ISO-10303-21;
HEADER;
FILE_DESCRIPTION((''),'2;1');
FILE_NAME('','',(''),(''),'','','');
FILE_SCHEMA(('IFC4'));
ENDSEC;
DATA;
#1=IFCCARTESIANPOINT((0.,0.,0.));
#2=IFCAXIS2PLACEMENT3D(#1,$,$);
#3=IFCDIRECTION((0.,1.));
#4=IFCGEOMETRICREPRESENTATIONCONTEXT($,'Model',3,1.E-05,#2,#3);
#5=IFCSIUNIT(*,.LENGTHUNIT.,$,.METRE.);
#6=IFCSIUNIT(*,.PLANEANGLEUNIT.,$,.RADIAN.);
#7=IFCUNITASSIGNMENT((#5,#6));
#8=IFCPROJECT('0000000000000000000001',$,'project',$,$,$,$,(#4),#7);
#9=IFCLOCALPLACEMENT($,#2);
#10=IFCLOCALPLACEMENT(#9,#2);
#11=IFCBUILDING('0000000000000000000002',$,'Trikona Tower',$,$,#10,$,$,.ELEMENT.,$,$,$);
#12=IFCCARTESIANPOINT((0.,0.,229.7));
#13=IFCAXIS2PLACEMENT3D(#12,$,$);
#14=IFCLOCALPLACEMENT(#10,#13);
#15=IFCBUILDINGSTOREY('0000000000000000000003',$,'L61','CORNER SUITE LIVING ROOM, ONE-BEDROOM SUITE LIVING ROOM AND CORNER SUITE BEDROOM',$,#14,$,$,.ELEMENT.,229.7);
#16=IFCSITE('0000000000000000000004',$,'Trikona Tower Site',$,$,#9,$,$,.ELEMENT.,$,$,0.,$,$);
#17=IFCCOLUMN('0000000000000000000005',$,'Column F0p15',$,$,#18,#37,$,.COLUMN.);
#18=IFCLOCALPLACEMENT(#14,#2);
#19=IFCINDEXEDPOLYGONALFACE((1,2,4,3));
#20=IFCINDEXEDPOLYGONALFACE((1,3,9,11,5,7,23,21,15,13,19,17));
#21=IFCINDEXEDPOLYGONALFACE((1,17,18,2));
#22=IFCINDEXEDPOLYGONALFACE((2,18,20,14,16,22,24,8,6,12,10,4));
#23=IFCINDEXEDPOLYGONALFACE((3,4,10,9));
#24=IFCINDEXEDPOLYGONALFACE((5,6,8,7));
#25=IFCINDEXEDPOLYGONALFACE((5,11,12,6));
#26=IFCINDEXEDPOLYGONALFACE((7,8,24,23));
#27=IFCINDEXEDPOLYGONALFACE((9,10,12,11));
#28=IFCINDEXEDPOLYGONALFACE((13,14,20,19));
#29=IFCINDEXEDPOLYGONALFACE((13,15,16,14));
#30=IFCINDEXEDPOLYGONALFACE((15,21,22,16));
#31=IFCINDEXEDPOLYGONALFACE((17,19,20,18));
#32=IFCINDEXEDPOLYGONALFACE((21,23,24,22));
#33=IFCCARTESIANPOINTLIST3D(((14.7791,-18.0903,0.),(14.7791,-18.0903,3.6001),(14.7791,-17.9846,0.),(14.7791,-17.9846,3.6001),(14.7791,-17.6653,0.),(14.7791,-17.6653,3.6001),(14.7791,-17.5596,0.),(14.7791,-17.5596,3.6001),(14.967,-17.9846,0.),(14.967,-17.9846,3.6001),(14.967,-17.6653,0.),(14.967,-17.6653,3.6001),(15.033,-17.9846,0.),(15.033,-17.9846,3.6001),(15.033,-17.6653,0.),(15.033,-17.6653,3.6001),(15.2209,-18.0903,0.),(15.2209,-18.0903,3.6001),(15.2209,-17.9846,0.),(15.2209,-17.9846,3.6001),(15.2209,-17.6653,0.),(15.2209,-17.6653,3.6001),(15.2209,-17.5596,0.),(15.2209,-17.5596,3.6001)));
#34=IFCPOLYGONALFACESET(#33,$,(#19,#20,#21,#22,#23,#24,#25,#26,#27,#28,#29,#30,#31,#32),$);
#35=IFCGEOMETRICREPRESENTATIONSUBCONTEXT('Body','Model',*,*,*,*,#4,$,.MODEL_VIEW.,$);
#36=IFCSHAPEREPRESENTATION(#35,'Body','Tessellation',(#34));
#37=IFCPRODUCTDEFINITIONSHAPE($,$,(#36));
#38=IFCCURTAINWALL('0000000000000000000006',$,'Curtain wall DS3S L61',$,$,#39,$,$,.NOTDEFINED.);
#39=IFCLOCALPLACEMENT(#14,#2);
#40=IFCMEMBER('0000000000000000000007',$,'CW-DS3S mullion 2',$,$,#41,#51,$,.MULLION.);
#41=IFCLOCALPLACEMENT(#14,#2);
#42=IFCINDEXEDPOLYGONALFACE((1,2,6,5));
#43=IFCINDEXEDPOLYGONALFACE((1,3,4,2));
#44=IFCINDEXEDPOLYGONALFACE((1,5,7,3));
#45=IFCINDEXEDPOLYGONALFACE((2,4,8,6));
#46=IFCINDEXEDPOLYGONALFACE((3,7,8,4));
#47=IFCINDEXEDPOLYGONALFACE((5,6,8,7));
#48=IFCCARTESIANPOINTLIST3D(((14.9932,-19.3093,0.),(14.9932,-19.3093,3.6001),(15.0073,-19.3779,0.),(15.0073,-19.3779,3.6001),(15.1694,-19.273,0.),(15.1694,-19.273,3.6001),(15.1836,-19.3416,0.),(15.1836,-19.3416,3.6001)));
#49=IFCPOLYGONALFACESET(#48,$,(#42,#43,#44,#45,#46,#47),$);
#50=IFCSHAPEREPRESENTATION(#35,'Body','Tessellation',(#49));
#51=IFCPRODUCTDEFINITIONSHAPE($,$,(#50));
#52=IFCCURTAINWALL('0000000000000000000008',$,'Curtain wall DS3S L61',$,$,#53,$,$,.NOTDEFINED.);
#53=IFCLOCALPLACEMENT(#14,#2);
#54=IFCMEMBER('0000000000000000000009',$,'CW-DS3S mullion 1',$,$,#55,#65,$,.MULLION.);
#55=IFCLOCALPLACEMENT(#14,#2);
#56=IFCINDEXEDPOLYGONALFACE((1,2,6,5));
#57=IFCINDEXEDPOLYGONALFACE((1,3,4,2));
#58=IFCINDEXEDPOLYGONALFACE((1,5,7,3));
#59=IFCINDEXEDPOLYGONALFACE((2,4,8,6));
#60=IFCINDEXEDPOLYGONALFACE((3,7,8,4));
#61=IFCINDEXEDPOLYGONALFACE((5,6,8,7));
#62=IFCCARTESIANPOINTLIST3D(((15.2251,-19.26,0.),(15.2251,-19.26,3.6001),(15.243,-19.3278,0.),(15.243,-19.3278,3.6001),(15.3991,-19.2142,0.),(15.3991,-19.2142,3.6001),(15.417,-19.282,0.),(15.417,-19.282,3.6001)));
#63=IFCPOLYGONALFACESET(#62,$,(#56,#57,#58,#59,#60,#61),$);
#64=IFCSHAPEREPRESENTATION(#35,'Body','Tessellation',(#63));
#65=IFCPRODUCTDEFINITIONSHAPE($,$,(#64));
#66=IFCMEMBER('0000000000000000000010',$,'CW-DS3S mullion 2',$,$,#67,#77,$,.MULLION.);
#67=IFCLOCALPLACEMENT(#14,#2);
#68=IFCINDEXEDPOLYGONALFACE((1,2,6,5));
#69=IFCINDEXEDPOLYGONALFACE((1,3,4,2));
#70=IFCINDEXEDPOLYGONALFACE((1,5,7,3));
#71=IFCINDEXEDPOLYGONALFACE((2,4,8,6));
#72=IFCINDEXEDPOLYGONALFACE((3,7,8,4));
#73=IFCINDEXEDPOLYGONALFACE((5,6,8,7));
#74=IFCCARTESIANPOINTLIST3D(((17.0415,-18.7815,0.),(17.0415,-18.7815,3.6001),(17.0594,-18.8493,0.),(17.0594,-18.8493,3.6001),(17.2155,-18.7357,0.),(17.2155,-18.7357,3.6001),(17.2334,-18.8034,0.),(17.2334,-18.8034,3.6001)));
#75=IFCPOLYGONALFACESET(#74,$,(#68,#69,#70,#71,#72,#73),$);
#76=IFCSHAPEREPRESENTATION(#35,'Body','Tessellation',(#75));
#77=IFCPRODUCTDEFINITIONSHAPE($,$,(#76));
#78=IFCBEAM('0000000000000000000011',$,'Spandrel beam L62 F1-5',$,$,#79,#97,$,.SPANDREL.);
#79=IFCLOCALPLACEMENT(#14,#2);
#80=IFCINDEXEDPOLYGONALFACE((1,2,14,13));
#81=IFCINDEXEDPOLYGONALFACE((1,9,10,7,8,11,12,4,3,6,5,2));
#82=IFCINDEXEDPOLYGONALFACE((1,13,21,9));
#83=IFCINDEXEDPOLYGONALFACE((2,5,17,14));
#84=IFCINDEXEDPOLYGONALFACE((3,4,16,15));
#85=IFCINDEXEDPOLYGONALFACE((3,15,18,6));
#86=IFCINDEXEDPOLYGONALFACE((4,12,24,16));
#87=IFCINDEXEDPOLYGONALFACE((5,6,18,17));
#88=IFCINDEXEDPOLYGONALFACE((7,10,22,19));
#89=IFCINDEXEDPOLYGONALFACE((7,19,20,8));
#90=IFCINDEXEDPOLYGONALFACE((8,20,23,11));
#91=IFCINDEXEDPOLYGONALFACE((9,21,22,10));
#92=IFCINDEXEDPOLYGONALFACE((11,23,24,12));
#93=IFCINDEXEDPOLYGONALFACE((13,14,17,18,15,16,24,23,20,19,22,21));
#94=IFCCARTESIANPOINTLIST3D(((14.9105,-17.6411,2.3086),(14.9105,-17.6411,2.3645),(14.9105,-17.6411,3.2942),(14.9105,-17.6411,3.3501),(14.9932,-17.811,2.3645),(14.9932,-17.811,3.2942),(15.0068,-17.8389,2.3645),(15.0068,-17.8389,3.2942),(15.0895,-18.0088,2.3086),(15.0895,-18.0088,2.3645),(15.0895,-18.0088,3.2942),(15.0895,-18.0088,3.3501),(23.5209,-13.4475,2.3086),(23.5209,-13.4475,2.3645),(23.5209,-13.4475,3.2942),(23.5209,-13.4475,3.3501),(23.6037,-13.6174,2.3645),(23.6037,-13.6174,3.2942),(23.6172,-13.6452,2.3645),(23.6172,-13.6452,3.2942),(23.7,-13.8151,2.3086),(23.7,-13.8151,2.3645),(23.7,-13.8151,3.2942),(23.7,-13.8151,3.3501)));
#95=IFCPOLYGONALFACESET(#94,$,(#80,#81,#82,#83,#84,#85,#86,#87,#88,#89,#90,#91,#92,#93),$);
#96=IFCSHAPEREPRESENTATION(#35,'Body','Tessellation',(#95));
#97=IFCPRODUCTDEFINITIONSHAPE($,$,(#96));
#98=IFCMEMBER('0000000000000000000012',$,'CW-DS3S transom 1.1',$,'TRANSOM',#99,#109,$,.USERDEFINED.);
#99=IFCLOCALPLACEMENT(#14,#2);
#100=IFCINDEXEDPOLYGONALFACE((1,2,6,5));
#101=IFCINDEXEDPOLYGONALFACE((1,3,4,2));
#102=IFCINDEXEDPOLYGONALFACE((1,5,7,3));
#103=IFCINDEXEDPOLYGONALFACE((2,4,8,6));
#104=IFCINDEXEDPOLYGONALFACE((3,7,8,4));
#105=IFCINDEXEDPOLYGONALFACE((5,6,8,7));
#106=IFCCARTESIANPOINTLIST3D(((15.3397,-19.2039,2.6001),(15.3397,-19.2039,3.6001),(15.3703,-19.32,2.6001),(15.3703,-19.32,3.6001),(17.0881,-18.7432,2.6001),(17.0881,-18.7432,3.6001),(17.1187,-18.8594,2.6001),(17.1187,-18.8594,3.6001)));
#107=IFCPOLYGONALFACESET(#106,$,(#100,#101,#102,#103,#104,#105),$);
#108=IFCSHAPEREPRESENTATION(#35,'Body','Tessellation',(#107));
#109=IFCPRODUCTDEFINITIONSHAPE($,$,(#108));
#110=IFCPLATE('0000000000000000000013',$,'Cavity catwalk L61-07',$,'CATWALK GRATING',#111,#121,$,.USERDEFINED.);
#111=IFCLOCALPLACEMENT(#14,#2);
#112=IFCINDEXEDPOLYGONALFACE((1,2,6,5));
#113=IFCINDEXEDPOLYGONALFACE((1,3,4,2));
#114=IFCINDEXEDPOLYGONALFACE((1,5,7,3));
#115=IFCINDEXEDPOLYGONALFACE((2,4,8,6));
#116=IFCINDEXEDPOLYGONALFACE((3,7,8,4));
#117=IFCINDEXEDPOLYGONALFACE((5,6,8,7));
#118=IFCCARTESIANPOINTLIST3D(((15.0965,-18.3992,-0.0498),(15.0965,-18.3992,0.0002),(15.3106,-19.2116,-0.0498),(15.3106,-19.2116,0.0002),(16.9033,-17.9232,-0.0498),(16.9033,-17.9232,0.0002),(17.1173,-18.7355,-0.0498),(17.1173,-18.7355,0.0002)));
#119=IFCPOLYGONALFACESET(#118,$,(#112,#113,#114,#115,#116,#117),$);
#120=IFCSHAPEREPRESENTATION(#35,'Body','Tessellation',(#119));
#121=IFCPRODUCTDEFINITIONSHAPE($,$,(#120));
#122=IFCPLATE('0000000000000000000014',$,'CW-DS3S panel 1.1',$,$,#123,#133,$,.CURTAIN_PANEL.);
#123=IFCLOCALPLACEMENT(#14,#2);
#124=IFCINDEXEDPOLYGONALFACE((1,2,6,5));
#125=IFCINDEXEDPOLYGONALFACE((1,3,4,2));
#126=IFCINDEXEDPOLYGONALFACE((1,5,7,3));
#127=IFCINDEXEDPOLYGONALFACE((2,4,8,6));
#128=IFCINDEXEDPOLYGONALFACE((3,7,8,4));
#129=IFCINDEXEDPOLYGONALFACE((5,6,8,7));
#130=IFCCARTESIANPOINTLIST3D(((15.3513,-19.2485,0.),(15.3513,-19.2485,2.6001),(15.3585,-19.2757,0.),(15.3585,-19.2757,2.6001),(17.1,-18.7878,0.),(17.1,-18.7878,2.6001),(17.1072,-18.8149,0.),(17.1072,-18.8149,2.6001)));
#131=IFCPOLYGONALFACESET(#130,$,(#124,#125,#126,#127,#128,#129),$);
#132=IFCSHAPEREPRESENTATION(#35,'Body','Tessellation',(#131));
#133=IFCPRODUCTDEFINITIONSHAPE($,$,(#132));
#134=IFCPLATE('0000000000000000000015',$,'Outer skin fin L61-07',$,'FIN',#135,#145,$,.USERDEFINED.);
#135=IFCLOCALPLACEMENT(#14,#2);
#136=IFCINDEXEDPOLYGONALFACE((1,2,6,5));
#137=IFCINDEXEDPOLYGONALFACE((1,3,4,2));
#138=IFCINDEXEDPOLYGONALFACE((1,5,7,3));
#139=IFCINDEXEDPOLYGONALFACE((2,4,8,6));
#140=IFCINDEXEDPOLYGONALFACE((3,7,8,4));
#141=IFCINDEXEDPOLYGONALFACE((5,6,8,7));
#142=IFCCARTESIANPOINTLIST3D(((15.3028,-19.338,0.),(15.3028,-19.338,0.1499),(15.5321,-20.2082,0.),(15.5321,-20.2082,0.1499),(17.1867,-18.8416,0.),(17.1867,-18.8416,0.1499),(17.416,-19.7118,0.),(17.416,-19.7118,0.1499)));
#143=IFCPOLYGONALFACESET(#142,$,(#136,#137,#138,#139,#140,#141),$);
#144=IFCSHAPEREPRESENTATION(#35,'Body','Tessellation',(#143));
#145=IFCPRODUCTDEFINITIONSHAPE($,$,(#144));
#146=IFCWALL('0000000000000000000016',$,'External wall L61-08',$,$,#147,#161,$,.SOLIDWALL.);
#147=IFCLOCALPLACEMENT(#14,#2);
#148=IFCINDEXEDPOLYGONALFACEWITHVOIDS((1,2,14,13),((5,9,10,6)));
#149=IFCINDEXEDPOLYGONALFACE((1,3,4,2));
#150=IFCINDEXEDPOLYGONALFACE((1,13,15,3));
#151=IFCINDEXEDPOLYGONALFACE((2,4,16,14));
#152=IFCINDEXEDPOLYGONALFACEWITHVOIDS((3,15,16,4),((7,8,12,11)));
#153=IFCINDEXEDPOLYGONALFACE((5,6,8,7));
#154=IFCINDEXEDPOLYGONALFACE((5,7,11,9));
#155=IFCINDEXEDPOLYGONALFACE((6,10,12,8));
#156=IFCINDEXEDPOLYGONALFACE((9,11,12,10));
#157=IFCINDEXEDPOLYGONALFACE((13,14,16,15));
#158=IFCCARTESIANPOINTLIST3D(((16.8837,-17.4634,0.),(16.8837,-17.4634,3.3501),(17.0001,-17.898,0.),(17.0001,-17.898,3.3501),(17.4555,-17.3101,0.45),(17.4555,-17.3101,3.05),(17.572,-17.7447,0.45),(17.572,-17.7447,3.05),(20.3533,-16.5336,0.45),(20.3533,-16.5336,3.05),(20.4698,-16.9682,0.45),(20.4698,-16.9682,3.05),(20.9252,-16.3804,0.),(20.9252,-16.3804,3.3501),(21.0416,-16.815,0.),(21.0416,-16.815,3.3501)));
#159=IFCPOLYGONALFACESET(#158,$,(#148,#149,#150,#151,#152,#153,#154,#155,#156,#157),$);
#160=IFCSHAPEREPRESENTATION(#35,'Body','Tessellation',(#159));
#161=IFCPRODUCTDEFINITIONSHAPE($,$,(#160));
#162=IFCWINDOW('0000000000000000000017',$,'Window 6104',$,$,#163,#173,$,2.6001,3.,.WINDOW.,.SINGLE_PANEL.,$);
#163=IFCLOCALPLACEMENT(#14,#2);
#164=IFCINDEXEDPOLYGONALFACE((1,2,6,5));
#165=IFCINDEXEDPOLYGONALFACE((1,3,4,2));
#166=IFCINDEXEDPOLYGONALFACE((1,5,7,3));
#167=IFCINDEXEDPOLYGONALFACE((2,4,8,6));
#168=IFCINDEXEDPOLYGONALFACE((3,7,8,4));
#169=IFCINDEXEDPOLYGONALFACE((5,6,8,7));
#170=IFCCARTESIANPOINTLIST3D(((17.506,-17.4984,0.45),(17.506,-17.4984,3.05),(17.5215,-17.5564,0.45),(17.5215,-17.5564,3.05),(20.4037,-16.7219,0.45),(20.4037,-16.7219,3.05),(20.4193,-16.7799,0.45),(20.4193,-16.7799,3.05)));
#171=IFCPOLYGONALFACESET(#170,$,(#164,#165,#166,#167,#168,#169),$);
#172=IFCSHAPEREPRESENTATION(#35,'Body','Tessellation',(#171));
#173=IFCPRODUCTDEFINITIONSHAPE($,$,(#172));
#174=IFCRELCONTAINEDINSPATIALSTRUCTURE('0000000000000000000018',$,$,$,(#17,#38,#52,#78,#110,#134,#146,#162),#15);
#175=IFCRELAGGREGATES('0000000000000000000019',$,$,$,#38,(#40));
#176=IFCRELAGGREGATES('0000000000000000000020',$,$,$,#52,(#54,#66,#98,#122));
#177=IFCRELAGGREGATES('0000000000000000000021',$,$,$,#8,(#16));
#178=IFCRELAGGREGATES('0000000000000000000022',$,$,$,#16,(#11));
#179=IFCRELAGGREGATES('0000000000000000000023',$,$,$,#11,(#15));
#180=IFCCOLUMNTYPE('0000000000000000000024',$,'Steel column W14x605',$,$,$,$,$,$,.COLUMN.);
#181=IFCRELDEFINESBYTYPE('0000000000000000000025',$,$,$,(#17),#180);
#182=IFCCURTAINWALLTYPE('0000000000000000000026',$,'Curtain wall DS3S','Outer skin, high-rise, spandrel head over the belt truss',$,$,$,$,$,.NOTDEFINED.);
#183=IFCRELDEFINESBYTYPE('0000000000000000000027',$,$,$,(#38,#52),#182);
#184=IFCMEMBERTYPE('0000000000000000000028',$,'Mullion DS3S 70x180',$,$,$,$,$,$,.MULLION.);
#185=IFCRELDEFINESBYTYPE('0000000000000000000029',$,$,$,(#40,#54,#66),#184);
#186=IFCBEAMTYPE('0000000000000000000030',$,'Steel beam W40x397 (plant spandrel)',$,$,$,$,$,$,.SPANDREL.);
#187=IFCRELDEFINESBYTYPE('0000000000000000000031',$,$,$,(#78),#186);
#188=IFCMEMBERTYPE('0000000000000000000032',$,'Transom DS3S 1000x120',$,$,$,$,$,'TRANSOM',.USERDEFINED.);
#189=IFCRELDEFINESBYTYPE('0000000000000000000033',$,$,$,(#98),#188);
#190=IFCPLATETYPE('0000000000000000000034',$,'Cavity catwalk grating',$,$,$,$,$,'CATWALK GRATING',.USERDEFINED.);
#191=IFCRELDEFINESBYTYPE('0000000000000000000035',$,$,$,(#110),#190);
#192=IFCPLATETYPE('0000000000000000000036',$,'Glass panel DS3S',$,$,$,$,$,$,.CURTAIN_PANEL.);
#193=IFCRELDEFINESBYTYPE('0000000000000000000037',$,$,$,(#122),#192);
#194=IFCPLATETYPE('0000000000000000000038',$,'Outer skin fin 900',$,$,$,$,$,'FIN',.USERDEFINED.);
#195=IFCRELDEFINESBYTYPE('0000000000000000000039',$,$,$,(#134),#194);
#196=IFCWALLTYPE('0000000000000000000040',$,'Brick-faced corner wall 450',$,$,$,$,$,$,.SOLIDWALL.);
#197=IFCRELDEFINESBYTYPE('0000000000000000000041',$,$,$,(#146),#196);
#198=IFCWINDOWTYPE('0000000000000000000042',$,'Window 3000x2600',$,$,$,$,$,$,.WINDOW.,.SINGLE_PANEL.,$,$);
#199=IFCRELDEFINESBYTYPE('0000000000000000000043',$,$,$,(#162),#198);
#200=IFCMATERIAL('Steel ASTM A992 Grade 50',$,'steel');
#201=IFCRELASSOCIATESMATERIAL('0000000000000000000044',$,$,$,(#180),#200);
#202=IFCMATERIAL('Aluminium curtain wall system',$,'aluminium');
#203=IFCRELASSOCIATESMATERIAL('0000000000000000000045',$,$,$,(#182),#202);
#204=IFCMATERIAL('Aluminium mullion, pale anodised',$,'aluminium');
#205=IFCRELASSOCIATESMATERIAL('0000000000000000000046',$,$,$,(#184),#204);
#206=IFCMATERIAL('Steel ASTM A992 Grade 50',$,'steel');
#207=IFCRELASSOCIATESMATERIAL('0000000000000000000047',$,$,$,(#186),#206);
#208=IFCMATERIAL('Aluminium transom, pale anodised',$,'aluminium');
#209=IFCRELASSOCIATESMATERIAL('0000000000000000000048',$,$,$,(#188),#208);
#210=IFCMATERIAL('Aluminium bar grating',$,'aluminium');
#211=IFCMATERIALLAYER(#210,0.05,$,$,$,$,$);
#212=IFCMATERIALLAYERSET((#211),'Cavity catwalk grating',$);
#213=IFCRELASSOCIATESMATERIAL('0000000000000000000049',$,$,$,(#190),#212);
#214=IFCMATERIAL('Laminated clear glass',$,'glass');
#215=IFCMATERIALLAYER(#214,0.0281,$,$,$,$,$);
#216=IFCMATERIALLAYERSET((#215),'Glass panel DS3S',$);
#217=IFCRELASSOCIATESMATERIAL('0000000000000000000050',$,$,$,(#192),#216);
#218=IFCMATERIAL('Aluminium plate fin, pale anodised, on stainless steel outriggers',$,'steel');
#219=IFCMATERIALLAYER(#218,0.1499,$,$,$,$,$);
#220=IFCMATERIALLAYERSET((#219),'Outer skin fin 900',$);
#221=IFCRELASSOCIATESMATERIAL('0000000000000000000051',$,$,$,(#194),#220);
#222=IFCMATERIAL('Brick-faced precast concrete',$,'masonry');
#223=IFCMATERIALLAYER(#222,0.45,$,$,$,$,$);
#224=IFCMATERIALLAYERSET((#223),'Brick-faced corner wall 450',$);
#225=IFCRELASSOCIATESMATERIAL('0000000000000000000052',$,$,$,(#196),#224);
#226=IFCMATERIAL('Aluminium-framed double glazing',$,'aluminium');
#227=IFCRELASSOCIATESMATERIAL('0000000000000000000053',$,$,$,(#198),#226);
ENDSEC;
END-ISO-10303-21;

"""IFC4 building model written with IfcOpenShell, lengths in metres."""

from ifc_helpers import new_model, si_unit, direction, frame, frame_2d, origin, origin_2d, place, context, subcontext, project, spatial, rectangle, i_section, extrude, material, layer, layer_set, material_profile, profile_set, type_object, element, fill, aggregate, save


model = new_model("IFC4")

# Units and contexts
model_context = context("Model", 3, precision=1e-05, world=origin(), true_north=direction((0.0, 1.0)))
body_context = subcontext(model_context, "Body", "Model", "MODEL_VIEW")
ifc_project = project(units=[si_unit("LENGTHUNIT", "METRE"), si_unit("PLANEANGLEUNIT", "RADIAN")], contexts=[model_context])

# Site, building, storey
site_placement = place(None, origin())
site = spatial("IfcSite", under=ifc_project, at=site_placement, Name="Trikona Tower Site", CompositionType="ELEMENT", RefElevation=0.0)
building_placement = place(site_placement, origin())
building = spatial("IfcBuilding", under=site, at=building_placement, Name="Trikona Tower", CompositionType="ELEMENT")
storey_placement = place(building_placement, frame((0.0, 0.0, 229.7)))
storey = spatial("IfcBuildingStorey", under=building, at=storey_placement, Name="L61", Description="CORNER SUITE LIVING ROOM, ONE-BEDROOM SUITE LIVING ROOM AND CORNER SUITE BEDROOM", CompositionType="ELEMENT", Elevation=229.7)

# Column
ifc_material_1 = material(Name="Steel ASTM A992 Grade 50", Category="steel")
ifc_material_profile_1 = material_profile(ifc_material_1, i_section(OverallWidth=0.4419, OverallDepth=0.5308, WebThickness=0.0659, FlangeThickness=0.1057, at=origin_2d()), Name="W14X605")
ifc_profile_set_1 = profile_set([ifc_material_profile_1], Name="Steel ASTM A992 Grade 50")
column_type = type_object("IfcColumnType", Name="Steel column W14x605", PredefinedType="COLUMN", material=ifc_profile_set_1)
column_placement = place(storey_placement, frame((15.0, -17.825, 0.0), z_axis=(0.0, 0.0, 1.0), x_axis=(1.0, 0.0, 0.0)))
element("IfcColumn", 1, at=column_placement, inside=storey, type_object=column_type, Name="Column F0p15", PredefinedType="COLUMN", context=body_context, shape_type="SweptSolid", body=[
    extrude(i_section(OverallWidth=0.4419, OverallDepth=0.5308, WebThickness=0.0659, FlangeThickness=0.1057, at=origin_2d()), origin(), (0.0, 0.0, 1.0), 3.6001),
])

# Curtain wall, member
ifc_material_2 = material(Name="Aluminium curtain wall system", Category="aluminium")
curtain_wall_type = type_object("IfcCurtainWallType", Name="Curtain wall DS3S", Description="Outer skin, high-rise, spandrel head over the belt truss", PredefinedType="NOTDEFINED", material=ifc_material_2)
curtain_wall_1_placement = place(storey_placement, origin())
curtain_wall_1 = element("IfcCurtainWall", 2, at=curtain_wall_1_placement, inside=storey, type_object=curtain_wall_type, Name="Curtain wall DS3S L61", PredefinedType="NOTDEFINED")
ifc_material_3 = material(Name="Aluminium mullion, pale anodised", Category="aluminium")
ifc_material_profile_2 = material_profile(ifc_material_3, rectangle(XDim=0.0701, YDim=0.1799, at=origin_2d()), Name="MUL-DS3S")
ifc_profile_set_2 = profile_set([ifc_material_profile_2], Name="Aluminium mullion, pale anodised")
member_type_1 = type_object("IfcMemberType", Name="Mullion DS3S 70x180", PredefinedType="MULLION", material=ifc_profile_set_2)
member_1_placement = place(storey_placement, frame((15.0884, -19.3254, 0.0), z_axis=(0.0, 0.0, 1.0), x_axis=(-0.201653, 0.979457, 0.0)))
member_1 = element("IfcMember", 3, at=member_1_placement, type_object=member_type_1, Name="CW-DS3S mullion 2", PredefinedType="MULLION", context=body_context, shape_type="SweptSolid", body=[
    extrude(rectangle(XDim=0.0701, YDim=0.1799, at=origin_2d()), origin(), (0.0, 0.0, 1.0), 3.6001),
])
aggregate(curtain_wall_1, [member_1])

# Curtain wall, members
curtain_wall_2_placement = place(storey_placement, origin())
curtain_wall_2 = element("IfcCurtainWall", 4, at=curtain_wall_2_placement, inside=storey, type_object=curtain_wall_type, Name="Curtain wall DS3S L61", PredefinedType="NOTDEFINED")
member_2_placement = place(storey_placement, frame((15.321, -19.271, 0.0), z_axis=(0.0, 0.0, 1.0), x_axis=(-0.254786, 0.966997, 0.0)))
member_2 = element("IfcMember", 5, at=member_2_placement, type_object=member_type_1, Name="CW-DS3S mullion 1", PredefinedType="MULLION", context=body_context, shape_type="SweptSolid", body=[
    extrude(rectangle(XDim=0.0701, YDim=0.1799, at=origin_2d()), origin(), (0.0, 0.0, 1.0), 3.6001),
])
member_3_placement = place(storey_placement, frame((17.1375, -18.7925, 0.0), z_axis=(0.0, 0.0, 1.0), x_axis=(-0.254786, 0.966997, 0.0)))
member_3 = element("IfcMember", 6, at=member_3_placement, type_object=member_type_1, Name="CW-DS3S mullion 2", PredefinedType="MULLION", context=body_context, shape_type="SweptSolid", body=[
    extrude(rectangle(XDim=0.0701, YDim=0.1799, at=origin_2d()), origin(), (0.0, 0.0, 1.0), 3.6001),
])

# Beam
ifc_material_4 = material(Name="Steel ASTM A992 Grade 50", Category="steel")
ifc_material_profile_3 = material_profile(ifc_material_4, i_section(OverallWidth=0.4089, OverallDepth=1.0415, WebThickness=0.031, FlangeThickness=0.0559, at=origin_2d()), Name="W40X397")
ifc_profile_set_3 = profile_set([ifc_material_profile_3], Name="Steel ASTM A992 Grade 50")
beam_type = type_object("IfcBeamType", Name="Steel beam W40x397 (plant spandrel)", PredefinedType="SPANDREL", material=ifc_profile_set_3)
beam_placement = place(storey_placement, frame((15.0, -17.825, 2.8293), z_axis=(0.899039, 0.43787, 0.0), x_axis=(-0.43787, 0.899039, 0.0)))
element("IfcBeam", 7, at=beam_placement, inside=storey, type_object=beam_type, Name="Spandrel beam L62 F1-5", PredefinedType="SPANDREL", context=body_context, shape_type="SweptSolid", body=[
    extrude(i_section(OverallWidth=0.4089, OverallDepth=1.0415, WebThickness=0.031, FlangeThickness=0.0559, at=origin_2d()), origin(), (0.0, 0.0, 1.0), 9.5774),
])

# Member
ifc_material_5 = material(Name="Aluminium transom, pale anodised", Category="aluminium")
ifc_material_profile_4 = material_profile(ifc_material_5, rectangle(XDim=0.1201, YDim=1.0, at=origin_2d()), Name="TRN-DS3S")
ifc_profile_set_4 = profile_set([ifc_material_profile_4], Name="Aluminium transom, pale anodised")
member_type_2 = type_object("IfcMemberType", Name="Transom DS3S 1000x120", ElementType="TRANSOM", PredefinedType="USERDEFINED", material=ifc_profile_set_4)
member_4_placement = place(storey_placement, frame((15.355, -19.262, 3.1001), z_axis=(0.966999, 0.254779, 0.0), x_axis=(-0.254779, 0.966999, 0.0)))
member_4 = element("IfcMember", 8, at=member_4_placement, type_object=member_type_2, Name="CW-DS3S transom 1.1", ObjectType="TRANSOM", PredefinedType="USERDEFINED", context=body_context, shape_type="SweptSolid", body=[
    extrude(rectangle(XDim=0.1201, YDim=1.0, at=origin_2d()), origin(), (0.0, 0.0, 1.0), 1.8081),
])

# Plates
ifc_material_6 = material(Name="Aluminium bar grating", Category="aluminium")
ifc_layer_1 = layer(ifc_material_6, 0.05)
ifc_layer_set_1 = layer_set([ifc_layer_1], Name="Cavity catwalk grating")
plate_type_1 = type_object("IfcPlateType", Name="Cavity catwalk grating", ElementType="CATWALK GRATING", PredefinedType="USERDEFINED", material=ifc_layer_set_1)
plate_1_placement = place(storey_placement, frame((16.1069, -18.5674, -0.0498), z_axis=(0.0, 0.0, 1.0), x_axis=(0.966993, 0.254803, 0.0)))
element("IfcPlate", 9, at=plate_1_placement, inside=storey, type_object=plate_type_1, Name="Cavity catwalk L61-07", ObjectType="CATWALK GRATING", PredefinedType="USERDEFINED", context=body_context, shape_type="SweptSolid", body=[
    extrude(rectangle(XDim=1.8684, YDim=0.8401, at=origin_2d()), origin(), (0.0, 0.0, 1.0), 0.05),
])
ifc_material_7 = material(Name="Laminated clear glass", Category="glass")
ifc_layer_2 = layer(ifc_material_7, 0.0281)
ifc_layer_set_2 = layer_set([ifc_layer_2], Name="Glass panel DS3S")
plate_type_2 = type_object("IfcPlateType", Name="Glass panel DS3S", PredefinedType="CURTAIN_PANEL", material=ifc_layer_set_2)
plate_2_placement = place(storey_placement, frame((16.2292, -19.0317, 0.0), z_axis=(0.0, 0.0, 1.0), x_axis=(0.966997, 0.254786, 0.0)))
plate_2 = element("IfcPlate", 10, at=plate_2_placement, type_object=plate_type_2, Name="CW-DS3S panel 1.1", PredefinedType="CURTAIN_PANEL", context=body_context, shape_type="SweptSolid", body=[
    extrude(rectangle(XDim=1.8083, YDim=0.0281, at=origin_2d()), origin(), (0.0, 0.0, 1.0), 2.6001),
])
aggregate(curtain_wall_2, [member_2, member_3, member_4, plate_2])
ifc_material_8 = material(Name="Aluminium plate fin, pale anodised, on stainless steel outriggers", Category="steel")
ifc_layer_3 = layer(ifc_material_8, 0.1499)
ifc_layer_set_3 = layer_set([ifc_layer_3], Name="Outer skin fin 900")
plate_type_3 = type_object("IfcPlateType", Name="Outer skin fin 900", ElementType="FIN", PredefinedType="USERDEFINED", material=ifc_layer_set_3)
plate_3_placement = place(storey_placement, frame((16.3594, -19.5249, 0.0), z_axis=(0.0, 0.0, 1.0), x_axis=(0.966993, 0.254803, 0.0)))
element("IfcPlate", 11, at=plate_3_placement, inside=storey, type_object=plate_type_3, Name="Outer skin fin L61-07", ObjectType="FIN", PredefinedType="USERDEFINED", context=body_context, shape_type="SweptSolid", body=[
    extrude(rectangle(XDim=1.9482, YDim=0.8999, at=origin_2d()), origin(), (0.0, 0.0, 1.0), 0.1499),
])

# Wall, opening, window
ifc_material_9 = material(Name="Brick-faced precast concrete", Category="masonry")
ifc_layer_4 = layer(ifc_material_9, 0.45)
ifc_layer_set_4 = layer_set([ifc_layer_4], Name="Brick-faced corner wall 450")
wall_type_1 = type_object("IfcWallType", Name="Brick-faced corner wall 450", PredefinedType="SOLIDWALL", material=ifc_layer_set_4)
wall_1_placement = place(storey_placement, frame((16.9419, -17.6807, 0.0), z_axis=(0.0, 0.0, 1.0), x_axis=(0.96592, 0.258839, 0.0)))
wall_1 = element("IfcWall", 12, at=wall_1_placement, inside=storey, type_object=wall_type_1, Name="External wall L61-08", PredefinedType="SOLIDWALL", context=body_context, shape_type="SweptSolid", body=[
    extrude(rectangle(XDim=4.1841, YDim=0.45, at=frame_2d((2.092, 0.0))), origin(), (0.0, 0.0, 1.0), 3.3501),
])
opening_placement = place(wall_1_placement, frame((0.592, 0.0, 0.45)))
opening = element("IfcOpeningElement", 13, at=opening_placement, cuts=wall_1, PredefinedType="OPENING", context=body_context, shape_type="SweptSolid", body=[
    extrude(rectangle(XDim=3.0, YDim=2.6001, at=frame_2d((1.5, 1.3))), frame((0.0, 0.2349, 0.0), z_axis=(0.0, -1.0, 0.0), x_axis=(1.0, 0.0, 0.0)), (0.0, 0.0, 1.0), 0.47),
])
ifc_material_10 = material(Name="Aluminium-framed double glazing", Category="aluminium")
window_type = type_object("IfcWindowType", Name="Window 3000x2600", PartitioningType="SINGLE_PANEL", PredefinedType="WINDOW", material=ifc_material_10)
window_placement = place(opening_placement, origin())
window = element("IfcWindow", 14, at=window_placement, inside=storey, type_object=window_type, Name="Window 6104", OverallHeight=2.6001, OverallWidth=3.0, PartitioningType="SINGLE_PANEL", PredefinedType="WINDOW", context=body_context, shape_type="SweptSolid", body=[
    extrude(rectangle(XDim=3.0, YDim=2.6001, at=frame_2d((1.5, 1.3))), frame((0.0, 0.03, 0.0), z_axis=(0.0, -1.0, 0.0), x_axis=(1.0, 0.0, 0.0)), (0.0, 0.0, 1.0), 0.0601),
])
fill(opening, window)

save(model, "model.ifc")
